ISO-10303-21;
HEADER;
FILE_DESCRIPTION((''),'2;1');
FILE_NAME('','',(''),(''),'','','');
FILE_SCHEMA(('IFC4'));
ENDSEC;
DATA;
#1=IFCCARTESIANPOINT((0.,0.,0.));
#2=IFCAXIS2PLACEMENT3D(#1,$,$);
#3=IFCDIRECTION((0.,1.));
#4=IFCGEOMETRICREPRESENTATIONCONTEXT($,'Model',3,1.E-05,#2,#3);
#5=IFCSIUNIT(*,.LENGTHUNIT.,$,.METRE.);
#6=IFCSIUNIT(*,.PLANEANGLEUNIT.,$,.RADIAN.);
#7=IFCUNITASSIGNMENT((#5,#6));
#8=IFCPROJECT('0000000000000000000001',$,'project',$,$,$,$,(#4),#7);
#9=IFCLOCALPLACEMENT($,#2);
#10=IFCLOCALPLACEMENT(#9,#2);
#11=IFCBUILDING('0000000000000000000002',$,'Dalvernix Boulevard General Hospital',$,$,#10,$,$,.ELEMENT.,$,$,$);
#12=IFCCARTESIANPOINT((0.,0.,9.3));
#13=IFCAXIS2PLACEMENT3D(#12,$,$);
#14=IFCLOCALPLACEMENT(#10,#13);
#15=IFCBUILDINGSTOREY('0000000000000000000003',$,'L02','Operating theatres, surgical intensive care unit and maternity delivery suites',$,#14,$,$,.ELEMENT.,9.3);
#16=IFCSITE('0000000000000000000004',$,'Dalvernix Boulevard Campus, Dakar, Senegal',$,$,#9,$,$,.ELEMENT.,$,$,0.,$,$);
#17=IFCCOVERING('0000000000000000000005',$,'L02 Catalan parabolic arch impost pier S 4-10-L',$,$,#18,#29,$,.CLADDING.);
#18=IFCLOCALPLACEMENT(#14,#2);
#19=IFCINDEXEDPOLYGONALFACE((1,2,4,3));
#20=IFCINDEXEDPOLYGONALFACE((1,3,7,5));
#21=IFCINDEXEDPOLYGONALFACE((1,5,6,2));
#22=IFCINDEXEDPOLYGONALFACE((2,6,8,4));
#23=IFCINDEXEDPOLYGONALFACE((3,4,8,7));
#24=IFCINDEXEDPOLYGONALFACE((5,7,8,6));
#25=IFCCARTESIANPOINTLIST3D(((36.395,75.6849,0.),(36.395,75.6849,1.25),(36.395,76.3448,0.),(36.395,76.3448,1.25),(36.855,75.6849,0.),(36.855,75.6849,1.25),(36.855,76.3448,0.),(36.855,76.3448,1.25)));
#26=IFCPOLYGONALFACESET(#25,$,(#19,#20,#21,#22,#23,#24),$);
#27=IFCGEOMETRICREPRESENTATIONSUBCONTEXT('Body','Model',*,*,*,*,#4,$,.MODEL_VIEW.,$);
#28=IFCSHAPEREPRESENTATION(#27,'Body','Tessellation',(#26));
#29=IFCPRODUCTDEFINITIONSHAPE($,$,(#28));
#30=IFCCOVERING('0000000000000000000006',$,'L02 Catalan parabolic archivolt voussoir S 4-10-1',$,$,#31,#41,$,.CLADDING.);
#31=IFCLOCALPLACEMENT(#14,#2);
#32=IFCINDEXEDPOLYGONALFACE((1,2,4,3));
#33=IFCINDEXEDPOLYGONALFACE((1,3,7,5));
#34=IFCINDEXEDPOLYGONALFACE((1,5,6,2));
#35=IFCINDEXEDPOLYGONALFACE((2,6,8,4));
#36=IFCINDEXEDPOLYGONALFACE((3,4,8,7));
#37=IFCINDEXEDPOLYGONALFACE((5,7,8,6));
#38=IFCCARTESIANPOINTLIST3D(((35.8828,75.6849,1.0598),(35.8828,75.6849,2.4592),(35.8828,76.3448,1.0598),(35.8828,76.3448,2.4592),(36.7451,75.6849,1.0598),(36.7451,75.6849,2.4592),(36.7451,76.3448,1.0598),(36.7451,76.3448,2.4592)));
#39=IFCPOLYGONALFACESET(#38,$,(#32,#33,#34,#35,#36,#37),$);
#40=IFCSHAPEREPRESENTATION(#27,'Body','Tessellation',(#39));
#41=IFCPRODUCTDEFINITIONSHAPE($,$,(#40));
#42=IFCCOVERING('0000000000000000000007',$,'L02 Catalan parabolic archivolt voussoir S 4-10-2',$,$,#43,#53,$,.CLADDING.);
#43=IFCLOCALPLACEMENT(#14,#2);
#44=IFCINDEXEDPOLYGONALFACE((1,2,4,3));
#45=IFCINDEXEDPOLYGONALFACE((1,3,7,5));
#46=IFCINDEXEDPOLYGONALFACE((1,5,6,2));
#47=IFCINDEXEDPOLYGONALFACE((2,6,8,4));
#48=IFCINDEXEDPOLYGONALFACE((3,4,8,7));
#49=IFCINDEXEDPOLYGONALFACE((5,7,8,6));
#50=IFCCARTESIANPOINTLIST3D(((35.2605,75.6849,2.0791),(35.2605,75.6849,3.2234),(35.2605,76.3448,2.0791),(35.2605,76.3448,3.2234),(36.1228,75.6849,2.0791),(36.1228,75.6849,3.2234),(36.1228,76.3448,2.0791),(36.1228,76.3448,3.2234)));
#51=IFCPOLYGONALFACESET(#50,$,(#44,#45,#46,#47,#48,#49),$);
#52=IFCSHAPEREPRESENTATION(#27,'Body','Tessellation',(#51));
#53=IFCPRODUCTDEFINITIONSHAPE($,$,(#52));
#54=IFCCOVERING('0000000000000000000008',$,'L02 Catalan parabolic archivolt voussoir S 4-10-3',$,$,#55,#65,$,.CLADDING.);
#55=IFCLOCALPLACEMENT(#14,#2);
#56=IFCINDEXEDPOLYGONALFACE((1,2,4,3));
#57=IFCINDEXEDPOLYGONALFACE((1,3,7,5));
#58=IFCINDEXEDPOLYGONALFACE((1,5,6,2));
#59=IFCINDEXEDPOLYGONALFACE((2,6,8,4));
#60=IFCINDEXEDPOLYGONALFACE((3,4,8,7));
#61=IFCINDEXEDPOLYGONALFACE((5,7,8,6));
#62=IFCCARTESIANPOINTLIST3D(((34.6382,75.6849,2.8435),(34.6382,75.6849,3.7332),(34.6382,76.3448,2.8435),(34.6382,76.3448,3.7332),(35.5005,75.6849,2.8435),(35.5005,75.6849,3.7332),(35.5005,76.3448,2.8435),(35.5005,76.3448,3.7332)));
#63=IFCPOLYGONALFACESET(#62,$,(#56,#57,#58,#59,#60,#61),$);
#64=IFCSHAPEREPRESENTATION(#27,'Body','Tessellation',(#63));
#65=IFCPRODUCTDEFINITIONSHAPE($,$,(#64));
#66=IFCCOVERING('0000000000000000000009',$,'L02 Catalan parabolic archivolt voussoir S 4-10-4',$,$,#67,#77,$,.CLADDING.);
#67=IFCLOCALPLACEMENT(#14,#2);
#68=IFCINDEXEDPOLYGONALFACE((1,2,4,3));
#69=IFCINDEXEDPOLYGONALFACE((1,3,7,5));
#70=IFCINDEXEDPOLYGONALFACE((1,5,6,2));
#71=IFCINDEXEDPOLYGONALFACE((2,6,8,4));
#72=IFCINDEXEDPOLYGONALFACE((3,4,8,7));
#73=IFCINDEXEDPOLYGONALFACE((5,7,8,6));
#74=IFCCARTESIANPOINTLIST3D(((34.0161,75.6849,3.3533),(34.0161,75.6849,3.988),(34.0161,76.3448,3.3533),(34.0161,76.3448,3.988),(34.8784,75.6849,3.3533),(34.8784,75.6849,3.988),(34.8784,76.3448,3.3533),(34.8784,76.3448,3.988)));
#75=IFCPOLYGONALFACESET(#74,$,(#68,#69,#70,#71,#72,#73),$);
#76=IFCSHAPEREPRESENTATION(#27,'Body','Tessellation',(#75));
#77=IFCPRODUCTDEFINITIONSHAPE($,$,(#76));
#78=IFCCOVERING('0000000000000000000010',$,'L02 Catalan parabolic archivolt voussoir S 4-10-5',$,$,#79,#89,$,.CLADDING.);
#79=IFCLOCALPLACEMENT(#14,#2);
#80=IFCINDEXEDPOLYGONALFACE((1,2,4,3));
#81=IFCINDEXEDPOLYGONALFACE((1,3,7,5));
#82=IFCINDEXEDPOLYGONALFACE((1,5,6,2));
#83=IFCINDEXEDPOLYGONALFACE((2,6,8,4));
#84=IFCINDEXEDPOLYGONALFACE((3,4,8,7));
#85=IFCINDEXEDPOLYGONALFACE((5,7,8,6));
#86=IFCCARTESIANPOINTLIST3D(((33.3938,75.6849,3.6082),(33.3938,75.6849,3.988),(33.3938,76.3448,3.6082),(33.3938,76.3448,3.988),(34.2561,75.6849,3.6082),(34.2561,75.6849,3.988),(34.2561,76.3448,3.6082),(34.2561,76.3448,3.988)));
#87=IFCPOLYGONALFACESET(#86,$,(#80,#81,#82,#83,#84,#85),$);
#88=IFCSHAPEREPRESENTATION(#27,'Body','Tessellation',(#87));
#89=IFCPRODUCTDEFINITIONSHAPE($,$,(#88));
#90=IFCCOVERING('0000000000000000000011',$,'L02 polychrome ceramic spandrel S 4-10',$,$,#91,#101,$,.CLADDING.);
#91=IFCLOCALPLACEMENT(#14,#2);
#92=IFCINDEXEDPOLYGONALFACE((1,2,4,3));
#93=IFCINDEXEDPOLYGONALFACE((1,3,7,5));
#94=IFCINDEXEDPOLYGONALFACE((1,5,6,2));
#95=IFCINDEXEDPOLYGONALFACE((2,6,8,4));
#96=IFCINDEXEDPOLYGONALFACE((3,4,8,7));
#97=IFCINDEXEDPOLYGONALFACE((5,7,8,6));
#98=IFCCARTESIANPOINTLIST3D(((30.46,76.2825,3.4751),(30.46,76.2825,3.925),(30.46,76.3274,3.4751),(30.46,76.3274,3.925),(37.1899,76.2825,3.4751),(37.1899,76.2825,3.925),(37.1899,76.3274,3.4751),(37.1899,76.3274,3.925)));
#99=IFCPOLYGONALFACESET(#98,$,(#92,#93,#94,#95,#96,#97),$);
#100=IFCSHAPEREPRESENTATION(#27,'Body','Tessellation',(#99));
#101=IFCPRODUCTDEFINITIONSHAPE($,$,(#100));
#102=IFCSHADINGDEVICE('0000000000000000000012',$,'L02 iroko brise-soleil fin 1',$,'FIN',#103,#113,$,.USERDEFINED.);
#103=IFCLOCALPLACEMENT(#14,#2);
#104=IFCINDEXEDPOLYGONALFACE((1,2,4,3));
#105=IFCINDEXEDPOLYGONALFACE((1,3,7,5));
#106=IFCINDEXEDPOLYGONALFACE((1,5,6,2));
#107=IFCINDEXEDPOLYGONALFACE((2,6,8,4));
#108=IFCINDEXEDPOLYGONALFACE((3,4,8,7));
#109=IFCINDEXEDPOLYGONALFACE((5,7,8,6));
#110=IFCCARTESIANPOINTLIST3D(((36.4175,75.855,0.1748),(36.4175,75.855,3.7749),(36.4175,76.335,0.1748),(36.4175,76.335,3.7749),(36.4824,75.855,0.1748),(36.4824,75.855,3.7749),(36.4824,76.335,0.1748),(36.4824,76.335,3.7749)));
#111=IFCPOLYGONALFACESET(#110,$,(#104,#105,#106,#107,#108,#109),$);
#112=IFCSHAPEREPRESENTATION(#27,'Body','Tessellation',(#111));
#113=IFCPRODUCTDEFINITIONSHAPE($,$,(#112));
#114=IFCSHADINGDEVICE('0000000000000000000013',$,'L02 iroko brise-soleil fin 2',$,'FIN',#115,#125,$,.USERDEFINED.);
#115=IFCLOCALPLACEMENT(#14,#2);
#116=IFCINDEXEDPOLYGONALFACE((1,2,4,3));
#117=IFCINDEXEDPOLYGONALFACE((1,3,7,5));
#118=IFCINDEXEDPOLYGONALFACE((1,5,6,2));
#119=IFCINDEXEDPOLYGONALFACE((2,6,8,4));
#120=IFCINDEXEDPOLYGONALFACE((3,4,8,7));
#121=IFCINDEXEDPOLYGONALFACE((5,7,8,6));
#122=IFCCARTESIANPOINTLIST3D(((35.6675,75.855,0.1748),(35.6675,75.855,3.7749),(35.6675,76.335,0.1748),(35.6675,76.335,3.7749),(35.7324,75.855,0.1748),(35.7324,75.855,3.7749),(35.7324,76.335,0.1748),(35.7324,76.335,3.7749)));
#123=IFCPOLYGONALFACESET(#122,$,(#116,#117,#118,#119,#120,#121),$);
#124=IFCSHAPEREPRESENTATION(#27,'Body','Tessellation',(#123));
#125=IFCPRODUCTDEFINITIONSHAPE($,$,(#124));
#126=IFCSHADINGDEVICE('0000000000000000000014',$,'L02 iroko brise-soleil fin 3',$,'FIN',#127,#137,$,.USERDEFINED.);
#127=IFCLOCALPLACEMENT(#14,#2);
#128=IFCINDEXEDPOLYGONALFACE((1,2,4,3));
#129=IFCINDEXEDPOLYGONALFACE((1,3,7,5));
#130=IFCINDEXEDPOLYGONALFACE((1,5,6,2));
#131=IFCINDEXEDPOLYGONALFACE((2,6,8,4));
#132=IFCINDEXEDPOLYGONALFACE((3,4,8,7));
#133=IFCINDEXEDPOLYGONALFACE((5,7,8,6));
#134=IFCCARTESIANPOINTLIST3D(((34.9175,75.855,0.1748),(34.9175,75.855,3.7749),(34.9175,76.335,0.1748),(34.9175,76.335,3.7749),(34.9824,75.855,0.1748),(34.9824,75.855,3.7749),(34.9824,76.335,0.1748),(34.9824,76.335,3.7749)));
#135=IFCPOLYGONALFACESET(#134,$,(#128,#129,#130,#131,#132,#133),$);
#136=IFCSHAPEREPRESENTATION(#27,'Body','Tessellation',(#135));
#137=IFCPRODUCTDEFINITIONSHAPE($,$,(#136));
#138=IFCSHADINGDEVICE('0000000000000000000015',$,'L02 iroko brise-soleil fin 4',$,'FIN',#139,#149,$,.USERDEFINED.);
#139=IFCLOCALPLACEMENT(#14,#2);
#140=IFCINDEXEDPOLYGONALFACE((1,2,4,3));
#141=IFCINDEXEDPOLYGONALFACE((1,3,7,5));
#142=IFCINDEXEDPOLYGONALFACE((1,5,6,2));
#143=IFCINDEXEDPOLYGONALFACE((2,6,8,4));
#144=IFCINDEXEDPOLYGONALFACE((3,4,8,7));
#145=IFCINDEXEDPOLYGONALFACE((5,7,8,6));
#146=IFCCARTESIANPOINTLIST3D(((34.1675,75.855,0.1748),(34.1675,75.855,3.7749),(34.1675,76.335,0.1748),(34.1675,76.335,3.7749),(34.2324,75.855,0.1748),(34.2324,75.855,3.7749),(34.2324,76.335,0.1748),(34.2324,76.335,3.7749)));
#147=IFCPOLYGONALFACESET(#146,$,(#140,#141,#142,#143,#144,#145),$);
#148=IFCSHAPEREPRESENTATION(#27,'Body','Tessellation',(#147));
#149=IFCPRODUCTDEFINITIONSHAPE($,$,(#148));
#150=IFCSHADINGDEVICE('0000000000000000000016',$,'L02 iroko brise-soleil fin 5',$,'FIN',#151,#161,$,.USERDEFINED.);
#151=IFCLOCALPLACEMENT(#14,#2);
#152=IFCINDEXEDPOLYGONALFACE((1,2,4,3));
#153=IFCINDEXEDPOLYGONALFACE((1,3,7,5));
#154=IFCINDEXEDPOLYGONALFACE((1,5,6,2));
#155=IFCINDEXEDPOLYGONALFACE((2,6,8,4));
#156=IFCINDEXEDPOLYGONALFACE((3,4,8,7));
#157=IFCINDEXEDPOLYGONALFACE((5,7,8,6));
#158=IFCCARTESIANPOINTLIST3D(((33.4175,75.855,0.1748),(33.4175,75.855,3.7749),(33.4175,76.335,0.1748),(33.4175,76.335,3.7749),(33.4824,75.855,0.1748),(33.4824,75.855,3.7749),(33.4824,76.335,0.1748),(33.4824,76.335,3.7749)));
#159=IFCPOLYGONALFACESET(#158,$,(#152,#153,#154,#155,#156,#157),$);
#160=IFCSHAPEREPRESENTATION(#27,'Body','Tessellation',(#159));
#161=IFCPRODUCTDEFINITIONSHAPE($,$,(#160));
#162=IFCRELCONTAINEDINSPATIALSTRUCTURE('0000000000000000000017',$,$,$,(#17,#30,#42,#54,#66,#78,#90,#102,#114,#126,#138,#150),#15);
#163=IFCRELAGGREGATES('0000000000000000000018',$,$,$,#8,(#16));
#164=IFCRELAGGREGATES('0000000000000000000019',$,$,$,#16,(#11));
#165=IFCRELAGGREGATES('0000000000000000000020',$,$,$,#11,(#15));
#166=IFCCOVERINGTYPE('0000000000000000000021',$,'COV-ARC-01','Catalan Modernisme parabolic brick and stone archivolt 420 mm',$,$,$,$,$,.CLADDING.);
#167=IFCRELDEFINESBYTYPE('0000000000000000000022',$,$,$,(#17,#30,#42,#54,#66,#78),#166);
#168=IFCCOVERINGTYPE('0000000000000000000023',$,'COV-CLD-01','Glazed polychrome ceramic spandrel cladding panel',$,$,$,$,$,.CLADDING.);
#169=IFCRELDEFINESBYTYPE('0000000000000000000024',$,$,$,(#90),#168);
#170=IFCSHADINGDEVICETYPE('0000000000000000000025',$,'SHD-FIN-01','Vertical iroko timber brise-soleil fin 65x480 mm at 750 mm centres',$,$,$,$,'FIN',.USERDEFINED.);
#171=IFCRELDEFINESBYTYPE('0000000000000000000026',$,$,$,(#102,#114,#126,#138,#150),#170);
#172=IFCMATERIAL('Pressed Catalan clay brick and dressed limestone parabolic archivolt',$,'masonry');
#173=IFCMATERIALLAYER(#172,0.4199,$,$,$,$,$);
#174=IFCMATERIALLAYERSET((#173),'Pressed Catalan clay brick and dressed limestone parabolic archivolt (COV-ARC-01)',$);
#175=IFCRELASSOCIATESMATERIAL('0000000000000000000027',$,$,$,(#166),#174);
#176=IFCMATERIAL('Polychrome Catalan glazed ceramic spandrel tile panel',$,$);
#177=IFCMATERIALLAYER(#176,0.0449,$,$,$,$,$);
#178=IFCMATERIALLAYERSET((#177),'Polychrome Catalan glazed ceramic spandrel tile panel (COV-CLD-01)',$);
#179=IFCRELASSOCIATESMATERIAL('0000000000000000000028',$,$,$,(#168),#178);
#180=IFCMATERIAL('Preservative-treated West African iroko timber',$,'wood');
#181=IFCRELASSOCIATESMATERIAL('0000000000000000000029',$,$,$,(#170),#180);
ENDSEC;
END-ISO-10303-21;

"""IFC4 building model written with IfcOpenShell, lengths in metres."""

from ifc_helpers import new_model, si_unit, direction, frame, origin, origin_2d, place, context, subcontext, project, spatial, rectangle, extrude, material, layer, layer_set, type_object, element, save


model = new_model("IFC4")

# Units and contexts
model_context = context("Model", 3, precision=1e-05, world=origin(), true_north=direction((0.0, 1.0)))
body_context = subcontext(model_context, "Body", "Model", "MODEL_VIEW")
ifc_project = project(units=[si_unit("LENGTHUNIT", "METRE"), si_unit("PLANEANGLEUNIT", "RADIAN")], contexts=[model_context])

# Site, building, storey
site_placement = place(None, origin())
site = spatial("IfcSite", under=ifc_project, at=site_placement, Name="Dalvernix Boulevard Campus, Dakar, Senegal", CompositionType="ELEMENT", RefElevation=0.0)
building_placement = place(site_placement, origin())
building = spatial("IfcBuilding", under=site, at=building_placement, Name="Dalvernix Boulevard General Hospital", CompositionType="ELEMENT")
storey_placement = place(building_placement, frame((0.0, 0.0, 9.3)))
storey = spatial("IfcBuildingStorey", under=building, at=storey_placement, Name="L02", Description="Operating theatres, surgical intensive care unit and maternity delivery suites", CompositionType="ELEMENT", Elevation=9.3)

# Coverings
ifc_material_1 = material(Name="Pressed Catalan clay brick and dressed limestone parabolic archivolt", Category="masonry")
ifc_layer_1 = layer(ifc_material_1, 0.4199)
ifc_layer_set_1 = layer_set([ifc_layer_1], Name="Pressed Catalan clay brick and dressed limestone parabolic archivolt (COV-ARC-01)")
covering_type_1 = type_object("IfcCoveringType", Name="COV-ARC-01", Description="Catalan Modernisme parabolic brick and stone archivolt 420 mm", PredefinedType="CLADDING", material=ifc_layer_set_1)
covering_1_placement = place(storey_placement, frame((36.625, 76.0149, 0.0), z_axis=(0.0, 0.0, 1.0), x_axis=(-1.0, 0.0, 0.0)))
element("IfcCovering", 1, at=covering_1_placement, inside=storey, type_object=covering_type_1, Name="L02 Catalan parabolic arch impost pier S 4-10-L", PredefinedType="CLADDING", context=body_context, shape_type="SweptSolid", body=[
    extrude(rectangle(XDim=0.46, YDim=0.6599, at=origin_2d()), origin(), (0.0, 0.0, 1.0), 1.25),
])
covering_2_placement = place(storey_placement, frame((36.314, 76.0149, 1.0598), z_axis=(0.0, 0.0, 1.0), x_axis=(-1.0, 0.0, 0.0)))
element("IfcCovering", 2, at=covering_2_placement, inside=storey, type_object=covering_type_1, Name="L02 Catalan parabolic archivolt voussoir S 4-10-1", PredefinedType="CLADDING", context=body_context, shape_type="SweptSolid", body=[
    extrude(rectangle(XDim=0.8623, YDim=0.6599, at=origin_2d()), origin(), (0.0, 0.0, 1.0), 1.3994),
])
covering_3_placement = place(storey_placement, frame((35.6917, 76.0149, 2.0791), z_axis=(0.0, 0.0, 1.0), x_axis=(-1.0, 0.0, 0.0)))
element("IfcCovering", 3, at=covering_3_placement, inside=storey, type_object=covering_type_1, Name="L02 Catalan parabolic archivolt voussoir S 4-10-2", PredefinedType="CLADDING", context=body_context, shape_type="SweptSolid", body=[
    extrude(rectangle(XDim=0.8623, YDim=0.6599, at=origin_2d()), origin(), (0.0, 0.0, 1.0), 1.1443),
])
covering_4_placement = place(storey_placement, frame((35.0693, 76.0149, 2.8435), z_axis=(0.0, 0.0, 1.0), x_axis=(-1.0, 0.0, 0.0)))
element("IfcCovering", 4, at=covering_4_placement, inside=storey, type_object=covering_type_1, Name="L02 Catalan parabolic archivolt voussoir S 4-10-3", PredefinedType="CLADDING", context=body_context, shape_type="SweptSolid", body=[
    extrude(rectangle(XDim=0.8623, YDim=0.6599, at=origin_2d()), origin(), (0.0, 0.0, 1.0), 0.8896),
])
covering_5_placement = place(storey_placement, frame((34.4473, 76.0149, 3.3533), z_axis=(0.0, 0.0, 1.0), x_axis=(-1.0, 0.0, 0.0)))
element("IfcCovering", 5, at=covering_5_placement, inside=storey, type_object=covering_type_1, Name="L02 Catalan parabolic archivolt voussoir S 4-10-4", PredefinedType="CLADDING", context=body_context, shape_type="SweptSolid", body=[
    extrude(rectangle(XDim=0.8623, YDim=0.6599, at=origin_2d()), origin(), (0.0, 0.0, 1.0), 0.6348),
])
covering_6_placement = place(storey_placement, frame((33.825, 76.0149, 3.6082), z_axis=(0.0, 0.0, 1.0), x_axis=(-1.0, 0.0, 0.0)))
element("IfcCovering", 6, at=covering_6_placement, inside=storey, type_object=covering_type_1, Name="L02 Catalan parabolic archivolt voussoir S 4-10-5", PredefinedType="CLADDING", context=body_context, shape_type="SweptSolid", body=[
    extrude(rectangle(XDim=0.8623, YDim=0.6599, at=origin_2d()), origin(), (0.0, 0.0, 1.0), 0.3799),
])
ifc_material_2 = material(Name="Polychrome Catalan glazed ceramic spandrel tile panel")
ifc_layer_2 = layer(ifc_material_2, 0.0449)
ifc_layer_set_2 = layer_set([ifc_layer_2], Name="Polychrome Catalan glazed ceramic spandrel tile panel (COV-CLD-01)")
covering_type_2 = type_object("IfcCoveringType", Name="COV-CLD-01", Description="Glazed polychrome ceramic spandrel cladding panel", PredefinedType="CLADDING", material=ifc_layer_set_2)
covering_7_placement = place(storey_placement, frame((33.825, 76.3049, 3.4751), z_axis=(0.0, 0.0, 1.0), x_axis=(-1.0, 0.0, 0.0)))
element("IfcCovering", 7, at=covering_7_placement, inside=storey, type_object=covering_type_2, Name="L02 polychrome ceramic spandrel S 4-10", PredefinedType="CLADDING", context=body_context, shape_type="SweptSolid", body=[
    extrude(rectangle(XDim=6.73, YDim=0.0449, at=origin_2d()), origin(), (0.0, 0.0, 1.0), 0.45),
])

# Shading devices
ifc_material_3 = material(Name="Preservative-treated West African iroko timber", Category="wood")
shading_device_type = type_object("IfcShadingDeviceType", Name="SHD-FIN-01", Description="Vertical iroko timber brise-soleil fin 65x480 mm at 750 mm centres", ElementType="FIN", PredefinedType="USERDEFINED", material=ifc_material_3)
for number, where, z_axis, x_axis, name in (
    (8, (36.45, 76.095, 0.1748), (0.0, 0.0, 1.0), (-1.0, 0.0, 0.0), "L02 iroko brise-soleil fin 1"),
    (9, (35.7, 76.095, 0.1748), (0.0, 0.0, 1.0), (-1.0, 0.0, 0.0), "L02 iroko brise-soleil fin 2"),
    (10, (34.95, 76.095, 0.1748), (0.0, 0.0, 1.0), (-1.0, 0.0, 0.0), "L02 iroko brise-soleil fin 3"),
    (11, (34.2, 76.095, 0.1748), (0.0, 0.0, 1.0), (-1.0, 0.0, 0.0), "L02 iroko brise-soleil fin 4"),
    (12, (33.45, 76.095, 0.1748), (0.0, 0.0, 1.0), (-1.0, 0.0, 0.0), "L02 iroko brise-soleil fin 5"),
):
    element("IfcShadingDevice", number, at=place(storey_placement, frame(where, z_axis=z_axis, x_axis=x_axis)), inside=storey, type_object=shading_device_type, Name=name, ObjectType="FIN", PredefinedType="USERDEFINED", context=body_context, shape_type="SweptSolid", body=[
        extrude(rectangle(XDim=0.0649, YDim=0.48, at=origin_2d()), origin(), (0.0, 0.0, 1.0), 3.6001),
    ])

save(model, "model.ifc")
